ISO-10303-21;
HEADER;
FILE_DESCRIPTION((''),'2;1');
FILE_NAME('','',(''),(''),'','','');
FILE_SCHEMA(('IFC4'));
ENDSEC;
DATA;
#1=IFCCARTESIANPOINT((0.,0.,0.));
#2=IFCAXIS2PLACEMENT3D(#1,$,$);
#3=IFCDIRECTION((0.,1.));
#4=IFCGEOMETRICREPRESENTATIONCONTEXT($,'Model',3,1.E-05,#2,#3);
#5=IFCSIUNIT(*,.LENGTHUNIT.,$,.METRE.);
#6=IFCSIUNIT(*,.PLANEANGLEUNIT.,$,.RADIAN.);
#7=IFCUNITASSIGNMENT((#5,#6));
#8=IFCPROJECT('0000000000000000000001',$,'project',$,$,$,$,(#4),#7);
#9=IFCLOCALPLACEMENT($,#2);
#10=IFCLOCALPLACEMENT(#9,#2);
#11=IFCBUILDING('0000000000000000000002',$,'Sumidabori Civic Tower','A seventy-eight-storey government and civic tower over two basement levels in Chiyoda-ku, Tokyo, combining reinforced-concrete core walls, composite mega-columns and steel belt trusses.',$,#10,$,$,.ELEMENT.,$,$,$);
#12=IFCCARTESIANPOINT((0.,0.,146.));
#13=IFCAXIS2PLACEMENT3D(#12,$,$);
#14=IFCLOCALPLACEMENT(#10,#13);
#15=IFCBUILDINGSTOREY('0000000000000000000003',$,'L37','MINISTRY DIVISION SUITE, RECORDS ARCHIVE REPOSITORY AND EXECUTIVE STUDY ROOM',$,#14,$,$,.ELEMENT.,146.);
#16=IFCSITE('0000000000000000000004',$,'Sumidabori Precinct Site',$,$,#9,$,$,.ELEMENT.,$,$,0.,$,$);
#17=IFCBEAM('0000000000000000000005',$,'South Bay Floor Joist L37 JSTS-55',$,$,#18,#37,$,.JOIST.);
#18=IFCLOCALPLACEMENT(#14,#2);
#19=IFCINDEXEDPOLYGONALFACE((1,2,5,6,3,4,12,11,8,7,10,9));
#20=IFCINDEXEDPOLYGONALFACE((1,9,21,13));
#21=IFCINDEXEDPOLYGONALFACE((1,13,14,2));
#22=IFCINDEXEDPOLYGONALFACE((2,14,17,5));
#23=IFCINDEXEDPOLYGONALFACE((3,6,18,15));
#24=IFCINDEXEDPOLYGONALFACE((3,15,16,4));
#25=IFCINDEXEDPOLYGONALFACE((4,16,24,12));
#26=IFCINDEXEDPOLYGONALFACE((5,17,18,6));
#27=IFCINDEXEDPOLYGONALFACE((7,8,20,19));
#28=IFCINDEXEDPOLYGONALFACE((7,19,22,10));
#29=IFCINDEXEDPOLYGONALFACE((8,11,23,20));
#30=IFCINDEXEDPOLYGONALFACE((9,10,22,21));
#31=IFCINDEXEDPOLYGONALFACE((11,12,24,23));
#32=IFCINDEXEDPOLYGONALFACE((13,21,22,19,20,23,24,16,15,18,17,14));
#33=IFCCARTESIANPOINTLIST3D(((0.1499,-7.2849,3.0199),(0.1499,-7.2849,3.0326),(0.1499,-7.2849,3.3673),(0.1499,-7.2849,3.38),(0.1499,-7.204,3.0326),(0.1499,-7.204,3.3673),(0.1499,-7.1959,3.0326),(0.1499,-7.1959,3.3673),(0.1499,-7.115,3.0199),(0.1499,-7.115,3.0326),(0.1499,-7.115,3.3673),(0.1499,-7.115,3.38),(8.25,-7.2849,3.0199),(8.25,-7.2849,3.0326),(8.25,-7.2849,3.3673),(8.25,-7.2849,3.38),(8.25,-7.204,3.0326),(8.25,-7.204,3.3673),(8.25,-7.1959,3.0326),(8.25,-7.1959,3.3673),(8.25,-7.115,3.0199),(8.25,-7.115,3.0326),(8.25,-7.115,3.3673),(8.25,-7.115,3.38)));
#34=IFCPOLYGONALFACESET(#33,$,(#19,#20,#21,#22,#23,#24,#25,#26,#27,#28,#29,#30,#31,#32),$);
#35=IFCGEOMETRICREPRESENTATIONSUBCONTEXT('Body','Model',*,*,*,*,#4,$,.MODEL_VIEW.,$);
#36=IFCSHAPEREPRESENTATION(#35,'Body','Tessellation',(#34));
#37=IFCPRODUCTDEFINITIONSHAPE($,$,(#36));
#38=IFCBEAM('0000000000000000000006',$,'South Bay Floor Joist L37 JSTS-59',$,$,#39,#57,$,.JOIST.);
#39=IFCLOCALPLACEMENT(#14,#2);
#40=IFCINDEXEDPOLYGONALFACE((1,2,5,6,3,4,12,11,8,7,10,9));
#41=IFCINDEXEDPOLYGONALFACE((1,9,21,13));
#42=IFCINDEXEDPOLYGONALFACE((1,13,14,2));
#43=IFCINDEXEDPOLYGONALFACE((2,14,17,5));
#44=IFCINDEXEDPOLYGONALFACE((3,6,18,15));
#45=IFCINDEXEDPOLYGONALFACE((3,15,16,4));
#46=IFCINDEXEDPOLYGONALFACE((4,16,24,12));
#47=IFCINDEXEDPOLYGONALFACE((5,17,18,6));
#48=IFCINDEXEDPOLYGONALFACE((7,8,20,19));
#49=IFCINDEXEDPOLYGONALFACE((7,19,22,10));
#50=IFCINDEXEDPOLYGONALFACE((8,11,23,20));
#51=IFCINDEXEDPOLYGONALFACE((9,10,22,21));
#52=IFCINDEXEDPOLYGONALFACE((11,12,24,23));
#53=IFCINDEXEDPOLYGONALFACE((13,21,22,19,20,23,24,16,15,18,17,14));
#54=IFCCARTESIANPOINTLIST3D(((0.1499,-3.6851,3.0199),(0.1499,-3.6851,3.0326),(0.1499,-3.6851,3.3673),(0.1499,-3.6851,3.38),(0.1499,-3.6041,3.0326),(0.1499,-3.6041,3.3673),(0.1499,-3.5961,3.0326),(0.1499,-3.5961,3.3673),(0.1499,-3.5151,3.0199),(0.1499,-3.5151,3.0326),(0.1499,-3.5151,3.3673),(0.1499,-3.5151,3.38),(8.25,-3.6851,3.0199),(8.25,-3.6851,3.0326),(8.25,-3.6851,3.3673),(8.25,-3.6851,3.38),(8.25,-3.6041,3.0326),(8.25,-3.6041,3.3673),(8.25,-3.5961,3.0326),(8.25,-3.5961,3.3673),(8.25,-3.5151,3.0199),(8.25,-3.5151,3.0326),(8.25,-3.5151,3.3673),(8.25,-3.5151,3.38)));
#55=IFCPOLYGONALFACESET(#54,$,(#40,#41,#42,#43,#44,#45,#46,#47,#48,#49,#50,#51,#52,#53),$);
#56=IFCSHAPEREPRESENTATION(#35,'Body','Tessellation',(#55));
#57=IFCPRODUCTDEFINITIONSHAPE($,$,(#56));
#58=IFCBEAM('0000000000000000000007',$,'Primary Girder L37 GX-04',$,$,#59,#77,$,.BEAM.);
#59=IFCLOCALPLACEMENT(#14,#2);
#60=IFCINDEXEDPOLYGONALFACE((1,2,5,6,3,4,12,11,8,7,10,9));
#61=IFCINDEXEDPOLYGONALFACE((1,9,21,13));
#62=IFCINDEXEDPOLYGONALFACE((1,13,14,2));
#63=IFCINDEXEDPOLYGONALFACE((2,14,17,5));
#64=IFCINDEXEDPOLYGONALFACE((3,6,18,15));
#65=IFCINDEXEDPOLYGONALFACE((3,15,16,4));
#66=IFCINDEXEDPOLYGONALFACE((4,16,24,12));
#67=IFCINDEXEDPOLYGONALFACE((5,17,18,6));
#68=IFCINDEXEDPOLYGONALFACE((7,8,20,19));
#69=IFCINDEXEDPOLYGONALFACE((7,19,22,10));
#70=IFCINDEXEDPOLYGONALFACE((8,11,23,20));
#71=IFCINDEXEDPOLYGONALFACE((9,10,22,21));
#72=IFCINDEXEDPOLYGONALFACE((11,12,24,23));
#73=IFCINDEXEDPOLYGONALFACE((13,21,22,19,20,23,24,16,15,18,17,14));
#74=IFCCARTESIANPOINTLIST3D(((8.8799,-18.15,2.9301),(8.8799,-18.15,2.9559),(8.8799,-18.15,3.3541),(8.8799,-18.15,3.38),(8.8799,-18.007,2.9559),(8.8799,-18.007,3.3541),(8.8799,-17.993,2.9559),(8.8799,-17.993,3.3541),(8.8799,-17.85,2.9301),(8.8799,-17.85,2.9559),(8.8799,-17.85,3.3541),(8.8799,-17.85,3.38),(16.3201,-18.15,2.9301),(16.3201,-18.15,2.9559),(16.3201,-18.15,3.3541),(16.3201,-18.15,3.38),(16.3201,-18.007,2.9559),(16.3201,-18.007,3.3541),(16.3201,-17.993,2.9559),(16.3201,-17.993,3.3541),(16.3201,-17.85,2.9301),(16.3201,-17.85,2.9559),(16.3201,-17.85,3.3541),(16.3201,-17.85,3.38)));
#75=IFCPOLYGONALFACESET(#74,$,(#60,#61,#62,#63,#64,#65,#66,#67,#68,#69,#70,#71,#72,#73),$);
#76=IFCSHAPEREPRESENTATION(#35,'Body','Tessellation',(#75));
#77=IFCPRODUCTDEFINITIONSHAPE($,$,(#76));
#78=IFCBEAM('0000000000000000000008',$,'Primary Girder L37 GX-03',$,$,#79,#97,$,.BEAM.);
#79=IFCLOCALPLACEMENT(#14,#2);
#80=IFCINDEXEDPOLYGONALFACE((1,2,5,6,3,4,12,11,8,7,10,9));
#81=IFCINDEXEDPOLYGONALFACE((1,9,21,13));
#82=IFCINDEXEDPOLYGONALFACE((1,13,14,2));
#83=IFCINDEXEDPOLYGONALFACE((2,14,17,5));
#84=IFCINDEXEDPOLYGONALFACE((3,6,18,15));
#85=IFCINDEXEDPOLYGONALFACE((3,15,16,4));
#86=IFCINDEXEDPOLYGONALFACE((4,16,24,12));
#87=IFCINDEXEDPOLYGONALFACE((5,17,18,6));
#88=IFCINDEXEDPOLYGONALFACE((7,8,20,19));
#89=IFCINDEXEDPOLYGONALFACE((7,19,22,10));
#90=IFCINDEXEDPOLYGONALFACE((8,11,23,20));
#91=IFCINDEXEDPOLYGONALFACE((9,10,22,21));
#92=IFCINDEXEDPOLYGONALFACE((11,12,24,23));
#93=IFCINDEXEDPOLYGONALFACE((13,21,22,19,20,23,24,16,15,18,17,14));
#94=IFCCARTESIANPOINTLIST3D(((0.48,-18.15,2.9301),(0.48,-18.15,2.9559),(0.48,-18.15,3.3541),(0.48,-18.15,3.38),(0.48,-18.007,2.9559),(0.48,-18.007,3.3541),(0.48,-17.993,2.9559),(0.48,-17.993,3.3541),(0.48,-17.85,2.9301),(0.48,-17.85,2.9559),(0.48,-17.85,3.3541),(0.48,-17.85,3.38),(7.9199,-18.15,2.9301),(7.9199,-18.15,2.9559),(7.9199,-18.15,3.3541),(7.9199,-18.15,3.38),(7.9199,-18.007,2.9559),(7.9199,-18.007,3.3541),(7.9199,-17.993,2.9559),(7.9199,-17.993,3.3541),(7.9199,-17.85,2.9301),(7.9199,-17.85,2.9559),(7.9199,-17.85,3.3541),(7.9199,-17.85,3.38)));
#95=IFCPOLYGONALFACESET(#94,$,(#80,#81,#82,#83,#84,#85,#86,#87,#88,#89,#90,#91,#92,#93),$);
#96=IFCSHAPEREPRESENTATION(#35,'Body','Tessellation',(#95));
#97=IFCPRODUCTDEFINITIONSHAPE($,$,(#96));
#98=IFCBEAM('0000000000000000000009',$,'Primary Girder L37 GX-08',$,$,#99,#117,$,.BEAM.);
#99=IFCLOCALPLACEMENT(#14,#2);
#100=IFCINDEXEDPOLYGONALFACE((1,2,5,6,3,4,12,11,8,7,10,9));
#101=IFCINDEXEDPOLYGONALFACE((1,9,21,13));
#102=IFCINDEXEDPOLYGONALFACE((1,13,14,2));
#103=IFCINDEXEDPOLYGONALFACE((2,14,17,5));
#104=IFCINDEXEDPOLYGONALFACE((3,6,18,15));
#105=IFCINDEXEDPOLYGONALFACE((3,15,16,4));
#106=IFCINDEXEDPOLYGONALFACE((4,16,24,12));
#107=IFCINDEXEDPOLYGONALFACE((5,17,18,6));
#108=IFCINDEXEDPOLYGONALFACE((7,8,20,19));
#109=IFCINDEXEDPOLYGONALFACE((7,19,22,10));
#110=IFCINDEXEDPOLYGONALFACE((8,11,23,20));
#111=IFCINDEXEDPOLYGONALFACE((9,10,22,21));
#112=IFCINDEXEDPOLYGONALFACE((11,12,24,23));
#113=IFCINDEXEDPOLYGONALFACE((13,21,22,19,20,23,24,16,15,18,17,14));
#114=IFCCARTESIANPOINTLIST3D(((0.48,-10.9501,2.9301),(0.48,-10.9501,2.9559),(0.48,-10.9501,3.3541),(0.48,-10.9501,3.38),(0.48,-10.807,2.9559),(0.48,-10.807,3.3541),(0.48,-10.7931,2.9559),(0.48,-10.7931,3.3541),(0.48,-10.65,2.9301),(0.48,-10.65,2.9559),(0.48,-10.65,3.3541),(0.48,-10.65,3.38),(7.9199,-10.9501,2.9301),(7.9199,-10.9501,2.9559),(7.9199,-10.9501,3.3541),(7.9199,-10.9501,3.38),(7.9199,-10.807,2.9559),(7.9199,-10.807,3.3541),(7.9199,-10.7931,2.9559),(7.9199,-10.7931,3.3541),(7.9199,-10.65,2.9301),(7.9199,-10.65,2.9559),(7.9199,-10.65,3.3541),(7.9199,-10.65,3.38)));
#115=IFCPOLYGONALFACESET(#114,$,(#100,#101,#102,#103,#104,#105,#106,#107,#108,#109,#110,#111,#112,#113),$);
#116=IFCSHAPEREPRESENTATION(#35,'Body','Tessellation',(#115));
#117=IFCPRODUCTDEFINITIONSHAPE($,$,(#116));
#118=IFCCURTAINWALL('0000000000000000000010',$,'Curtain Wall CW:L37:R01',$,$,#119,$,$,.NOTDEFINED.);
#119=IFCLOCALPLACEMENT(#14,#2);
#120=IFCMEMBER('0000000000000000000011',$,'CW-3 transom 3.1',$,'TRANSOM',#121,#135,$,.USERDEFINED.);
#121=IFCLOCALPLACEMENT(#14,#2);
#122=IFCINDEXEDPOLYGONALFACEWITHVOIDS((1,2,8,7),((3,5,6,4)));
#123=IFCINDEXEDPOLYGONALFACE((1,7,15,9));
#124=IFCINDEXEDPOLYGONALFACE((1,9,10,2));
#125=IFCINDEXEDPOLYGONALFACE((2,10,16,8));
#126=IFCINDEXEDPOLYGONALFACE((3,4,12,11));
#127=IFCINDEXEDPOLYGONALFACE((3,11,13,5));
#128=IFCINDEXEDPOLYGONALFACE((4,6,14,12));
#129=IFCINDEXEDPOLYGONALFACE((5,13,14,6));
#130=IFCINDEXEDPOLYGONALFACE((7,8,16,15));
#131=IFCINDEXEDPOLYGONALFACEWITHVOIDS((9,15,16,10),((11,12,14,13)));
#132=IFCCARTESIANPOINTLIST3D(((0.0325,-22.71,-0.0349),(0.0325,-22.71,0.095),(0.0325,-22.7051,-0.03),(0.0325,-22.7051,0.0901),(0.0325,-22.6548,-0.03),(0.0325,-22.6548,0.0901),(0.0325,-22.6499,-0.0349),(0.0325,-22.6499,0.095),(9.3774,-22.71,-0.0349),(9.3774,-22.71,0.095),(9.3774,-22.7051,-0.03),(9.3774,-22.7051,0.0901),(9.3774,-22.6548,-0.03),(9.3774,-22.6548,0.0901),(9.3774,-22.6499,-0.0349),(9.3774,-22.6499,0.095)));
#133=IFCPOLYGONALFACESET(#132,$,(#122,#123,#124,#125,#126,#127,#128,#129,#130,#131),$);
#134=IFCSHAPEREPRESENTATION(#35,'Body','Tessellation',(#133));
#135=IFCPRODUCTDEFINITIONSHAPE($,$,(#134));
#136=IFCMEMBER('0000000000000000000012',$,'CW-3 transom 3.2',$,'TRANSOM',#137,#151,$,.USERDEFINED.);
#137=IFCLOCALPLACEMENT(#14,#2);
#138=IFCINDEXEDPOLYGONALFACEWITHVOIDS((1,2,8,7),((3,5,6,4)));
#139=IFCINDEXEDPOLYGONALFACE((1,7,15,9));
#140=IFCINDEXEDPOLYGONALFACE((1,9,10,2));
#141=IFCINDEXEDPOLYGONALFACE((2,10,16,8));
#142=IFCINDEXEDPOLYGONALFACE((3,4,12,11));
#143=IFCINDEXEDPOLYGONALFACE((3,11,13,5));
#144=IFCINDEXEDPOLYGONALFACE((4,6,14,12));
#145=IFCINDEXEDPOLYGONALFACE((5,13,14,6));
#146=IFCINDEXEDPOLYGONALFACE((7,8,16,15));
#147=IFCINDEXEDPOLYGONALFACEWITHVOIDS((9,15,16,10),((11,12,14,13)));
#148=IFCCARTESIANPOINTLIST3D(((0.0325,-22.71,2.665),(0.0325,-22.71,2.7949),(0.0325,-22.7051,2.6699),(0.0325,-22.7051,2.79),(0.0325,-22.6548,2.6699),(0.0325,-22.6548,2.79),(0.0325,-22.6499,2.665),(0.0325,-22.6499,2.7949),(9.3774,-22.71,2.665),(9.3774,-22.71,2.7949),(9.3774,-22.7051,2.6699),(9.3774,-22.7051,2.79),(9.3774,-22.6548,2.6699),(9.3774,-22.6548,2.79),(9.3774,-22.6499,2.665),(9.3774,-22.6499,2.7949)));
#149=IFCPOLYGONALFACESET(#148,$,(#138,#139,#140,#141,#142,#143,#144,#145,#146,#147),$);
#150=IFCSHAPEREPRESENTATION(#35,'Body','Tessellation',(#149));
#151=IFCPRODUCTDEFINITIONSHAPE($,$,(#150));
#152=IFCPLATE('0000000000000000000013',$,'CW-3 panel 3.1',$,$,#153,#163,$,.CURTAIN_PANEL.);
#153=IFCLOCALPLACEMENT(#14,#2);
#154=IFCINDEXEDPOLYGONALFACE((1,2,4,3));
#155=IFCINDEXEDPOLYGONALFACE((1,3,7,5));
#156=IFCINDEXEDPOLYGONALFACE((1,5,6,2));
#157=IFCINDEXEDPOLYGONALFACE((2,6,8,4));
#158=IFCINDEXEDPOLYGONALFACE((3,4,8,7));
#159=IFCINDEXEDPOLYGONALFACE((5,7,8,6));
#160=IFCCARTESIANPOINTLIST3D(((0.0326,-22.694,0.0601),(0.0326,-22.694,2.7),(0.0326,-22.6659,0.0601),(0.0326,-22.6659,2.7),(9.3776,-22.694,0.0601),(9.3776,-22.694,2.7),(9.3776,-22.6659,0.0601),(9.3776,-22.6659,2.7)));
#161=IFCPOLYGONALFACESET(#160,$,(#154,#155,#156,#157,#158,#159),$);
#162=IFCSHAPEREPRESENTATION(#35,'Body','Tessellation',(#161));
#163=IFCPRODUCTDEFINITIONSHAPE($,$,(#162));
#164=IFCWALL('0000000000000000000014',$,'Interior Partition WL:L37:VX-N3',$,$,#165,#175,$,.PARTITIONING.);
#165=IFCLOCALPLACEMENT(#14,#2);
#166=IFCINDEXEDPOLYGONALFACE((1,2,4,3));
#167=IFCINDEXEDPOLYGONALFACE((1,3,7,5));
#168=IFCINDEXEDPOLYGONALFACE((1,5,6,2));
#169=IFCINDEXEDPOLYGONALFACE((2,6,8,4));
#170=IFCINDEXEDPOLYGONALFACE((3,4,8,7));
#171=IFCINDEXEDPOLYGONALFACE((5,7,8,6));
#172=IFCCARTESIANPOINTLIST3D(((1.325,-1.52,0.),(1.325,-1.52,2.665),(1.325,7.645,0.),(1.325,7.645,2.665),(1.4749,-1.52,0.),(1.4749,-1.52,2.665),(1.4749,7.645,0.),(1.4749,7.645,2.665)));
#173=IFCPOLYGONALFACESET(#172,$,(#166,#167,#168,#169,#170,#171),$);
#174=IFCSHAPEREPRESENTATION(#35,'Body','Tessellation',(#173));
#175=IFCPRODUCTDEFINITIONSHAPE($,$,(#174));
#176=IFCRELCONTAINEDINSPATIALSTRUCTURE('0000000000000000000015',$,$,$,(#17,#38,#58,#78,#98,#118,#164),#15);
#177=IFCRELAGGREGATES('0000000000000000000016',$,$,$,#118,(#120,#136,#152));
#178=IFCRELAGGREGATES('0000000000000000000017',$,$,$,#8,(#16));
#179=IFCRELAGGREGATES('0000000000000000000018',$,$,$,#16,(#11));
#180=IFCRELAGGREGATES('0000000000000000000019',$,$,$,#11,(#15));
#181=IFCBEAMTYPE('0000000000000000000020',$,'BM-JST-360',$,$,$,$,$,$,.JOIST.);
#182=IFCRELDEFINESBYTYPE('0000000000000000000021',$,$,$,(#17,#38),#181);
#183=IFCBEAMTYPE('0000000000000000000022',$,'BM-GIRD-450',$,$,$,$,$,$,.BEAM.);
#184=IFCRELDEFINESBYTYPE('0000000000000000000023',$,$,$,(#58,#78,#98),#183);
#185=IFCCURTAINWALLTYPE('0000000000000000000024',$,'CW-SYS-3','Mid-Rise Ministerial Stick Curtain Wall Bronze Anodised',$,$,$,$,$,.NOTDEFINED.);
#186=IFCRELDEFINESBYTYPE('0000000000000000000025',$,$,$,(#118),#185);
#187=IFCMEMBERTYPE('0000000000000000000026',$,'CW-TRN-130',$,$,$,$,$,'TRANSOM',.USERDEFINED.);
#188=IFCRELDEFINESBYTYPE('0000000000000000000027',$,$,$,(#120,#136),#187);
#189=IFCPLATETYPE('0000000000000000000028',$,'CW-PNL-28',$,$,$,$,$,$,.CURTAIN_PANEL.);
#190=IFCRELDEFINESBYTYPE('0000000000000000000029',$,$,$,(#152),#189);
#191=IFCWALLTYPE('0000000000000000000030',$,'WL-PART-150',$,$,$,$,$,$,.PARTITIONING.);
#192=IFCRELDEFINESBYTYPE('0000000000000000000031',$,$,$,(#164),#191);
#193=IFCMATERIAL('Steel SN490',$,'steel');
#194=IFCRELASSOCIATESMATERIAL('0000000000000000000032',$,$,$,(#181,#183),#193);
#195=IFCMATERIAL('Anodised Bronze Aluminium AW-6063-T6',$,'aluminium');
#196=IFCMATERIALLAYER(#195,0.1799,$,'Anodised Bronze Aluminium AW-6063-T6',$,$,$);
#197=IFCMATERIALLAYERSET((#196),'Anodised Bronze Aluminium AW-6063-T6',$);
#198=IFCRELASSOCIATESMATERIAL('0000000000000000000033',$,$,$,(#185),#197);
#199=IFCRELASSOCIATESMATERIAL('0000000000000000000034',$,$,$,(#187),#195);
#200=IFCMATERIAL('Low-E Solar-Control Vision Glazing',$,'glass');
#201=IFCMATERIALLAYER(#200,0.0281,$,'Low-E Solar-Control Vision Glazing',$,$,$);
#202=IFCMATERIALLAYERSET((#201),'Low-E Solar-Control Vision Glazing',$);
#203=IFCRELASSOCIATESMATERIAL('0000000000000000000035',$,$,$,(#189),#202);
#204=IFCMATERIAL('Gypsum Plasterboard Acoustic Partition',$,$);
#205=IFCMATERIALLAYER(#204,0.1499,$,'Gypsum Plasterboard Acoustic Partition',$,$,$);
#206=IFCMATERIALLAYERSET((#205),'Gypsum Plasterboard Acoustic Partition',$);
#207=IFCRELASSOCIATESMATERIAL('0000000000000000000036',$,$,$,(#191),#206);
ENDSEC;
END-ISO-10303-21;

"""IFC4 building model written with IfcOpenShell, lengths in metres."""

from ifc_helpers import new_model, si_unit, direction, frame, frame_2d, origin, origin_2d, place, context, subcontext, project, spatial, rectangle, hollow_rectangle, i_section, extrude, source, transform, mapped, material, layer, layer_set, material_profile, profile_set, type_object, element, aggregate, save


model = new_model("IFC4")

# Units and contexts
model_context = context("Model", 3, precision=1e-05, world=origin(), true_north=direction((0.0, 1.0)))
body_context = subcontext(model_context, "Body", "Model", "MODEL_VIEW")
ifc_project = project(units=[si_unit("LENGTHUNIT", "METRE"), si_unit("PLANEANGLEUNIT", "RADIAN")], contexts=[model_context])

# Site, building, storey
site_placement = place(None, origin())
site = spatial("IfcSite", under=ifc_project, at=site_placement, Name="Sumidabori Precinct Site", CompositionType="ELEMENT", RefElevation=0.0)
building_placement = place(site_placement, origin())
building = spatial("IfcBuilding", under=site, at=building_placement, Name="Sumidabori Civic Tower", Description="A seventy-eight-storey government and civic tower over two basement levels in Chiyoda-ku, Tokyo, combining reinforced-concrete core walls, composite mega-columns and steel belt trusses.", CompositionType="ELEMENT")
storey_placement = place(building_placement, frame((0.0, 0.0, 146.0)))
storey = spatial("IfcBuildingStorey", under=building, at=storey_placement, Name="L37", Description="MINISTRY DIVISION SUITE, RECORDS ARCHIVE REPOSITORY AND EXECUTIVE STUDY ROOM", CompositionType="ELEMENT", Elevation=146.0)

# Beams
ifc_material_1 = material(Name="Steel SN490", Category="steel")
ifc_material_profile_1 = material_profile(ifc_material_1, i_section(OverallWidth=0.1699, OverallDepth=0.3601, WebThickness=0.0081, FlangeThickness=0.0127, at=origin_2d()), Name="IPE 360")
ifc_profile_set_1 = profile_set([ifc_material_profile_1], Name="Steel SN490")
beam_type_1 = type_object("IfcBeamType", Name="BM-JST-360", PredefinedType="JOIST", material=ifc_profile_set_1)
shared_shape_1 = source(origin(), body_context, "Body", "SweptSolid", [
    extrude(i_section(OverallWidth=0.1699, OverallDepth=0.3601, WebThickness=0.0081, FlangeThickness=0.0127, at=origin_2d()), origin(), (0.0, 0.0, 1.0), 8.1001),
])
for number, where, z_axis, x_axis, name in (
    (1, (0.1499, -7.2, 3.2), (1.0, 0.0, 0.0), (0.0, 1.0, 0.0), "South Bay Floor Joist L37 JSTS-55"),
    (2, (0.1499, -3.6001, 3.2), (1.0, 0.0, 0.0), (0.0, 1.0, 0.0), "South Bay Floor Joist L37 JSTS-59"),
):
    element("IfcBeam", number, at=place(storey_placement, frame(where, z_axis=z_axis, x_axis=x_axis)), inside=storey, type_object=beam_type_1, Name=name, PredefinedType="JOIST", context=body_context, shape_type="MappedRepresentation", body=[
        mapped(shared_shape_1, transform((0.0, 0.0, 0.0), x_axis=(1.0, 0.0, 0.0), y_axis=(0.0, 1.0, 0.0), z_axis=(0.0, 0.0, 1.0), scale=1.0)),
    ])
ifc_material_profile_2 = material_profile(ifc_material_1, i_section(OverallWidth=0.3, OverallDepth=0.45, WebThickness=0.0139, FlangeThickness=0.0259, at=origin_2d()), Name="HE 450 B")
ifc_profile_set_2 = profile_set([ifc_material_profile_2], Name="Steel SN490")
beam_type_2 = type_object("IfcBeamType", Name="BM-GIRD-450", PredefinedType="BEAM", material=ifc_profile_set_2)
shared_shape_2 = source(origin(), body_context, "Body", "SweptSolid", [
    extrude(i_section(OverallWidth=0.3, OverallDepth=0.45, WebThickness=0.0139, FlangeThickness=0.0259, at=origin_2d()), origin(), (0.0, 0.0, 1.0), 7.4402),
])
beam_1_placement = place(storey_placement, frame((8.8799, -18.0, 3.155), z_axis=(1.0, 0.0, 0.0), x_axis=(0.0, 1.0, 0.0)))
element("IfcBeam", 3, at=beam_1_placement, inside=storey, type_object=beam_type_2, Name="Primary Girder L37 GX-04", PredefinedType="BEAM", context=body_context, shape_type="MappedRepresentation", body=[
    mapped(shared_shape_2, transform((0.0, 0.0, 0.0), x_axis=(1.0, 0.0, 0.0), y_axis=(0.0, 1.0, 0.0), z_axis=(0.0, 0.0, 1.0), scale=1.0)),
])
shared_shape_3 = source(origin(), body_context, "Body", "SweptSolid", [
    extrude(i_section(OverallWidth=0.3, OverallDepth=0.45, WebThickness=0.0139, FlangeThickness=0.0259, at=origin_2d()), origin(), (0.0, 0.0, 1.0), 7.4399),
])
for number, where, z_axis, x_axis, name in (
    (4, (0.48, -18.0, 3.155), (1.0, 0.0, 0.0), (0.0, 1.0, 0.0), "Primary Girder L37 GX-03"),
    (5, (0.48, -10.8, 3.155), (1.0, 0.0, 0.0), (0.0, 1.0, 0.0), "Primary Girder L37 GX-08"),
):
    element("IfcBeam", number, at=place(storey_placement, frame(where, z_axis=z_axis, x_axis=x_axis)), inside=storey, type_object=beam_type_2, Name=name, PredefinedType="BEAM", context=body_context, shape_type="MappedRepresentation", body=[
        mapped(shared_shape_3, transform((0.0, 0.0, 0.0), x_axis=(1.0, 0.0, 0.0), y_axis=(0.0, 1.0, 0.0), z_axis=(0.0, 0.0, 1.0), scale=1.0)),
    ])

# Curtain wall, members, plate
ifc_material_2 = material(Name="Anodised Bronze Aluminium AW-6063-T6", Category="aluminium")
ifc_layer_1 = layer(ifc_material_2, 0.1799, Name="Anodised Bronze Aluminium AW-6063-T6")
ifc_layer_set_1 = layer_set([ifc_layer_1], Name="Anodised Bronze Aluminium AW-6063-T6")
curtain_wall_type = type_object("IfcCurtainWallType", Name="CW-SYS-3", Description="Mid-Rise Ministerial Stick Curtain Wall Bronze Anodised", PredefinedType="NOTDEFINED", material=ifc_layer_set_1)
curtain_wall_placement = place(storey_placement, origin())
curtain_wall = element("IfcCurtainWall", 6, at=curtain_wall_placement, inside=storey, type_object=curtain_wall_type, Name="Curtain Wall CW:L37:R01", PredefinedType="NOTDEFINED")
ifc_material_profile_3 = material_profile(ifc_material_2, hollow_rectangle(XDim=0.0601, YDim=0.1299, WallThickness=0.0049, at=origin_2d()), Name="ALU TRANSOM 130x60")
ifc_profile_set_3 = profile_set([ifc_material_profile_3], Name="Anodised Bronze Aluminium AW-6063-T6")
member_type = type_object("IfcMemberType", Name="CW-TRN-130", ElementType="TRANSOM", PredefinedType="USERDEFINED", material=ifc_profile_set_3)
shared_shape_4 = source(origin(), body_context, "Body", "SweptSolid", [
    extrude(hollow_rectangle(XDim=0.0601, YDim=0.1299, WallThickness=0.0049, at=origin_2d()), origin(), (0.0, 0.0, 1.0), 9.345),
])
member_1_placement = place(storey_placement, frame((0.0325, -22.6799, 0.03), z_axis=(1.0, 0.0, 0.0), x_axis=(0.0, 1.0, 0.0)))
member_1 = element("IfcMember", 7, at=member_1_placement, type_object=member_type, Name="CW-3 transom 3.1", ObjectType="TRANSOM", PredefinedType="USERDEFINED", context=body_context, shape_type="MappedRepresentation", body=[
    mapped(shared_shape_4, transform((0.0, 0.0, 0.0), x_axis=(1.0, 0.0, 0.0), y_axis=(0.0, 1.0, 0.0), z_axis=(0.0, 0.0, 1.0), scale=1.0)),
])
member_2_placement = place(storey_placement, frame((0.0325, -22.6799, 2.73), z_axis=(1.0, 0.0, 0.0), x_axis=(0.0, 1.0, 0.0)))
member_2 = element("IfcMember", 8, at=member_2_placement, type_object=member_type, Name="CW-3 transom 3.2", ObjectType="TRANSOM", PredefinedType="USERDEFINED", context=body_context, shape_type="MappedRepresentation", body=[
    mapped(shared_shape_4, transform((0.0, 0.0, 0.0), x_axis=(1.0, 0.0, 0.0), y_axis=(0.0, 1.0, 0.0), z_axis=(0.0, 0.0, 1.0), scale=1.0)),
])
ifc_material_3 = material(Name="Low-E Solar-Control Vision Glazing", Category="glass")
ifc_layer_2 = layer(ifc_material_3, 0.0281, Name="Low-E Solar-Control Vision Glazing")
ifc_layer_set_2 = layer_set([ifc_layer_2], Name="Low-E Solar-Control Vision Glazing")
plate_type = type_object("IfcPlateType", Name="CW-PNL-28", PredefinedType="CURTAIN_PANEL", material=ifc_layer_set_2)
shared_shape_5 = source(origin(), body_context, "Body", "SweptSolid", [
    extrude(rectangle(XDim=9.345, YDim=0.0281, at=origin_2d()), origin(), (0.0, 0.0, 1.0), 2.6399),
])
plate_placement = place(storey_placement, frame((4.7051, -22.6799, 0.0601), z_axis=(0.0, 0.0, 1.0), x_axis=(1.0, 0.0, 0.0)))
plate = element("IfcPlate", 9, at=plate_placement, type_object=plate_type, Name="CW-3 panel 3.1", PredefinedType="CURTAIN_PANEL", context=body_context, shape_type="MappedRepresentation", body=[
    mapped(shared_shape_5, transform((0.0, 0.0, 0.0), x_axis=(1.0, 0.0, 0.0), y_axis=(0.0, 1.0, 0.0), z_axis=(0.0, 0.0, 1.0), scale=1.0)),
])
aggregate(curtain_wall, [member_1, member_2, plate])

# Wall
ifc_material_4 = material(Name="Gypsum Plasterboard Acoustic Partition")
ifc_layer_3 = layer(ifc_material_4, 0.1499, Name="Gypsum Plasterboard Acoustic Partition")
ifc_layer_set_3 = layer_set([ifc_layer_3], Name="Gypsum Plasterboard Acoustic Partition")
wall_type = type_object("IfcWallType", Name="WL-PART-150", PredefinedType="PARTITIONING", material=ifc_layer_set_3)
shared_shape_6 = source(origin(), body_context, "Body", "SweptSolid", [
    extrude(rectangle(XDim=9.165, YDim=0.1499, at=frame_2d((4.5825, 0.0))), origin(), (0.0, 0.0, 1.0), 2.665),
])
wall_1_placement = place(storey_placement, frame((1.3999, -1.52, 0.0), z_axis=(0.0, 0.0, 1.0), x_axis=(0.0, 1.0, 0.0)))
element("IfcWall", 10, at=wall_1_placement, inside=storey, type_object=wall_type, Name="Interior Partition WL:L37:VX-N3", PredefinedType="PARTITIONING", context=body_context, shape_type="MappedRepresentation", body=[
    mapped(shared_shape_6, transform((0.0, 0.0, 0.0), x_axis=(1.0, 0.0, 0.0), y_axis=(0.0, 1.0, 0.0), z_axis=(0.0, 0.0, 1.0), scale=1.0)),
])

save(model, "model.ifc")
